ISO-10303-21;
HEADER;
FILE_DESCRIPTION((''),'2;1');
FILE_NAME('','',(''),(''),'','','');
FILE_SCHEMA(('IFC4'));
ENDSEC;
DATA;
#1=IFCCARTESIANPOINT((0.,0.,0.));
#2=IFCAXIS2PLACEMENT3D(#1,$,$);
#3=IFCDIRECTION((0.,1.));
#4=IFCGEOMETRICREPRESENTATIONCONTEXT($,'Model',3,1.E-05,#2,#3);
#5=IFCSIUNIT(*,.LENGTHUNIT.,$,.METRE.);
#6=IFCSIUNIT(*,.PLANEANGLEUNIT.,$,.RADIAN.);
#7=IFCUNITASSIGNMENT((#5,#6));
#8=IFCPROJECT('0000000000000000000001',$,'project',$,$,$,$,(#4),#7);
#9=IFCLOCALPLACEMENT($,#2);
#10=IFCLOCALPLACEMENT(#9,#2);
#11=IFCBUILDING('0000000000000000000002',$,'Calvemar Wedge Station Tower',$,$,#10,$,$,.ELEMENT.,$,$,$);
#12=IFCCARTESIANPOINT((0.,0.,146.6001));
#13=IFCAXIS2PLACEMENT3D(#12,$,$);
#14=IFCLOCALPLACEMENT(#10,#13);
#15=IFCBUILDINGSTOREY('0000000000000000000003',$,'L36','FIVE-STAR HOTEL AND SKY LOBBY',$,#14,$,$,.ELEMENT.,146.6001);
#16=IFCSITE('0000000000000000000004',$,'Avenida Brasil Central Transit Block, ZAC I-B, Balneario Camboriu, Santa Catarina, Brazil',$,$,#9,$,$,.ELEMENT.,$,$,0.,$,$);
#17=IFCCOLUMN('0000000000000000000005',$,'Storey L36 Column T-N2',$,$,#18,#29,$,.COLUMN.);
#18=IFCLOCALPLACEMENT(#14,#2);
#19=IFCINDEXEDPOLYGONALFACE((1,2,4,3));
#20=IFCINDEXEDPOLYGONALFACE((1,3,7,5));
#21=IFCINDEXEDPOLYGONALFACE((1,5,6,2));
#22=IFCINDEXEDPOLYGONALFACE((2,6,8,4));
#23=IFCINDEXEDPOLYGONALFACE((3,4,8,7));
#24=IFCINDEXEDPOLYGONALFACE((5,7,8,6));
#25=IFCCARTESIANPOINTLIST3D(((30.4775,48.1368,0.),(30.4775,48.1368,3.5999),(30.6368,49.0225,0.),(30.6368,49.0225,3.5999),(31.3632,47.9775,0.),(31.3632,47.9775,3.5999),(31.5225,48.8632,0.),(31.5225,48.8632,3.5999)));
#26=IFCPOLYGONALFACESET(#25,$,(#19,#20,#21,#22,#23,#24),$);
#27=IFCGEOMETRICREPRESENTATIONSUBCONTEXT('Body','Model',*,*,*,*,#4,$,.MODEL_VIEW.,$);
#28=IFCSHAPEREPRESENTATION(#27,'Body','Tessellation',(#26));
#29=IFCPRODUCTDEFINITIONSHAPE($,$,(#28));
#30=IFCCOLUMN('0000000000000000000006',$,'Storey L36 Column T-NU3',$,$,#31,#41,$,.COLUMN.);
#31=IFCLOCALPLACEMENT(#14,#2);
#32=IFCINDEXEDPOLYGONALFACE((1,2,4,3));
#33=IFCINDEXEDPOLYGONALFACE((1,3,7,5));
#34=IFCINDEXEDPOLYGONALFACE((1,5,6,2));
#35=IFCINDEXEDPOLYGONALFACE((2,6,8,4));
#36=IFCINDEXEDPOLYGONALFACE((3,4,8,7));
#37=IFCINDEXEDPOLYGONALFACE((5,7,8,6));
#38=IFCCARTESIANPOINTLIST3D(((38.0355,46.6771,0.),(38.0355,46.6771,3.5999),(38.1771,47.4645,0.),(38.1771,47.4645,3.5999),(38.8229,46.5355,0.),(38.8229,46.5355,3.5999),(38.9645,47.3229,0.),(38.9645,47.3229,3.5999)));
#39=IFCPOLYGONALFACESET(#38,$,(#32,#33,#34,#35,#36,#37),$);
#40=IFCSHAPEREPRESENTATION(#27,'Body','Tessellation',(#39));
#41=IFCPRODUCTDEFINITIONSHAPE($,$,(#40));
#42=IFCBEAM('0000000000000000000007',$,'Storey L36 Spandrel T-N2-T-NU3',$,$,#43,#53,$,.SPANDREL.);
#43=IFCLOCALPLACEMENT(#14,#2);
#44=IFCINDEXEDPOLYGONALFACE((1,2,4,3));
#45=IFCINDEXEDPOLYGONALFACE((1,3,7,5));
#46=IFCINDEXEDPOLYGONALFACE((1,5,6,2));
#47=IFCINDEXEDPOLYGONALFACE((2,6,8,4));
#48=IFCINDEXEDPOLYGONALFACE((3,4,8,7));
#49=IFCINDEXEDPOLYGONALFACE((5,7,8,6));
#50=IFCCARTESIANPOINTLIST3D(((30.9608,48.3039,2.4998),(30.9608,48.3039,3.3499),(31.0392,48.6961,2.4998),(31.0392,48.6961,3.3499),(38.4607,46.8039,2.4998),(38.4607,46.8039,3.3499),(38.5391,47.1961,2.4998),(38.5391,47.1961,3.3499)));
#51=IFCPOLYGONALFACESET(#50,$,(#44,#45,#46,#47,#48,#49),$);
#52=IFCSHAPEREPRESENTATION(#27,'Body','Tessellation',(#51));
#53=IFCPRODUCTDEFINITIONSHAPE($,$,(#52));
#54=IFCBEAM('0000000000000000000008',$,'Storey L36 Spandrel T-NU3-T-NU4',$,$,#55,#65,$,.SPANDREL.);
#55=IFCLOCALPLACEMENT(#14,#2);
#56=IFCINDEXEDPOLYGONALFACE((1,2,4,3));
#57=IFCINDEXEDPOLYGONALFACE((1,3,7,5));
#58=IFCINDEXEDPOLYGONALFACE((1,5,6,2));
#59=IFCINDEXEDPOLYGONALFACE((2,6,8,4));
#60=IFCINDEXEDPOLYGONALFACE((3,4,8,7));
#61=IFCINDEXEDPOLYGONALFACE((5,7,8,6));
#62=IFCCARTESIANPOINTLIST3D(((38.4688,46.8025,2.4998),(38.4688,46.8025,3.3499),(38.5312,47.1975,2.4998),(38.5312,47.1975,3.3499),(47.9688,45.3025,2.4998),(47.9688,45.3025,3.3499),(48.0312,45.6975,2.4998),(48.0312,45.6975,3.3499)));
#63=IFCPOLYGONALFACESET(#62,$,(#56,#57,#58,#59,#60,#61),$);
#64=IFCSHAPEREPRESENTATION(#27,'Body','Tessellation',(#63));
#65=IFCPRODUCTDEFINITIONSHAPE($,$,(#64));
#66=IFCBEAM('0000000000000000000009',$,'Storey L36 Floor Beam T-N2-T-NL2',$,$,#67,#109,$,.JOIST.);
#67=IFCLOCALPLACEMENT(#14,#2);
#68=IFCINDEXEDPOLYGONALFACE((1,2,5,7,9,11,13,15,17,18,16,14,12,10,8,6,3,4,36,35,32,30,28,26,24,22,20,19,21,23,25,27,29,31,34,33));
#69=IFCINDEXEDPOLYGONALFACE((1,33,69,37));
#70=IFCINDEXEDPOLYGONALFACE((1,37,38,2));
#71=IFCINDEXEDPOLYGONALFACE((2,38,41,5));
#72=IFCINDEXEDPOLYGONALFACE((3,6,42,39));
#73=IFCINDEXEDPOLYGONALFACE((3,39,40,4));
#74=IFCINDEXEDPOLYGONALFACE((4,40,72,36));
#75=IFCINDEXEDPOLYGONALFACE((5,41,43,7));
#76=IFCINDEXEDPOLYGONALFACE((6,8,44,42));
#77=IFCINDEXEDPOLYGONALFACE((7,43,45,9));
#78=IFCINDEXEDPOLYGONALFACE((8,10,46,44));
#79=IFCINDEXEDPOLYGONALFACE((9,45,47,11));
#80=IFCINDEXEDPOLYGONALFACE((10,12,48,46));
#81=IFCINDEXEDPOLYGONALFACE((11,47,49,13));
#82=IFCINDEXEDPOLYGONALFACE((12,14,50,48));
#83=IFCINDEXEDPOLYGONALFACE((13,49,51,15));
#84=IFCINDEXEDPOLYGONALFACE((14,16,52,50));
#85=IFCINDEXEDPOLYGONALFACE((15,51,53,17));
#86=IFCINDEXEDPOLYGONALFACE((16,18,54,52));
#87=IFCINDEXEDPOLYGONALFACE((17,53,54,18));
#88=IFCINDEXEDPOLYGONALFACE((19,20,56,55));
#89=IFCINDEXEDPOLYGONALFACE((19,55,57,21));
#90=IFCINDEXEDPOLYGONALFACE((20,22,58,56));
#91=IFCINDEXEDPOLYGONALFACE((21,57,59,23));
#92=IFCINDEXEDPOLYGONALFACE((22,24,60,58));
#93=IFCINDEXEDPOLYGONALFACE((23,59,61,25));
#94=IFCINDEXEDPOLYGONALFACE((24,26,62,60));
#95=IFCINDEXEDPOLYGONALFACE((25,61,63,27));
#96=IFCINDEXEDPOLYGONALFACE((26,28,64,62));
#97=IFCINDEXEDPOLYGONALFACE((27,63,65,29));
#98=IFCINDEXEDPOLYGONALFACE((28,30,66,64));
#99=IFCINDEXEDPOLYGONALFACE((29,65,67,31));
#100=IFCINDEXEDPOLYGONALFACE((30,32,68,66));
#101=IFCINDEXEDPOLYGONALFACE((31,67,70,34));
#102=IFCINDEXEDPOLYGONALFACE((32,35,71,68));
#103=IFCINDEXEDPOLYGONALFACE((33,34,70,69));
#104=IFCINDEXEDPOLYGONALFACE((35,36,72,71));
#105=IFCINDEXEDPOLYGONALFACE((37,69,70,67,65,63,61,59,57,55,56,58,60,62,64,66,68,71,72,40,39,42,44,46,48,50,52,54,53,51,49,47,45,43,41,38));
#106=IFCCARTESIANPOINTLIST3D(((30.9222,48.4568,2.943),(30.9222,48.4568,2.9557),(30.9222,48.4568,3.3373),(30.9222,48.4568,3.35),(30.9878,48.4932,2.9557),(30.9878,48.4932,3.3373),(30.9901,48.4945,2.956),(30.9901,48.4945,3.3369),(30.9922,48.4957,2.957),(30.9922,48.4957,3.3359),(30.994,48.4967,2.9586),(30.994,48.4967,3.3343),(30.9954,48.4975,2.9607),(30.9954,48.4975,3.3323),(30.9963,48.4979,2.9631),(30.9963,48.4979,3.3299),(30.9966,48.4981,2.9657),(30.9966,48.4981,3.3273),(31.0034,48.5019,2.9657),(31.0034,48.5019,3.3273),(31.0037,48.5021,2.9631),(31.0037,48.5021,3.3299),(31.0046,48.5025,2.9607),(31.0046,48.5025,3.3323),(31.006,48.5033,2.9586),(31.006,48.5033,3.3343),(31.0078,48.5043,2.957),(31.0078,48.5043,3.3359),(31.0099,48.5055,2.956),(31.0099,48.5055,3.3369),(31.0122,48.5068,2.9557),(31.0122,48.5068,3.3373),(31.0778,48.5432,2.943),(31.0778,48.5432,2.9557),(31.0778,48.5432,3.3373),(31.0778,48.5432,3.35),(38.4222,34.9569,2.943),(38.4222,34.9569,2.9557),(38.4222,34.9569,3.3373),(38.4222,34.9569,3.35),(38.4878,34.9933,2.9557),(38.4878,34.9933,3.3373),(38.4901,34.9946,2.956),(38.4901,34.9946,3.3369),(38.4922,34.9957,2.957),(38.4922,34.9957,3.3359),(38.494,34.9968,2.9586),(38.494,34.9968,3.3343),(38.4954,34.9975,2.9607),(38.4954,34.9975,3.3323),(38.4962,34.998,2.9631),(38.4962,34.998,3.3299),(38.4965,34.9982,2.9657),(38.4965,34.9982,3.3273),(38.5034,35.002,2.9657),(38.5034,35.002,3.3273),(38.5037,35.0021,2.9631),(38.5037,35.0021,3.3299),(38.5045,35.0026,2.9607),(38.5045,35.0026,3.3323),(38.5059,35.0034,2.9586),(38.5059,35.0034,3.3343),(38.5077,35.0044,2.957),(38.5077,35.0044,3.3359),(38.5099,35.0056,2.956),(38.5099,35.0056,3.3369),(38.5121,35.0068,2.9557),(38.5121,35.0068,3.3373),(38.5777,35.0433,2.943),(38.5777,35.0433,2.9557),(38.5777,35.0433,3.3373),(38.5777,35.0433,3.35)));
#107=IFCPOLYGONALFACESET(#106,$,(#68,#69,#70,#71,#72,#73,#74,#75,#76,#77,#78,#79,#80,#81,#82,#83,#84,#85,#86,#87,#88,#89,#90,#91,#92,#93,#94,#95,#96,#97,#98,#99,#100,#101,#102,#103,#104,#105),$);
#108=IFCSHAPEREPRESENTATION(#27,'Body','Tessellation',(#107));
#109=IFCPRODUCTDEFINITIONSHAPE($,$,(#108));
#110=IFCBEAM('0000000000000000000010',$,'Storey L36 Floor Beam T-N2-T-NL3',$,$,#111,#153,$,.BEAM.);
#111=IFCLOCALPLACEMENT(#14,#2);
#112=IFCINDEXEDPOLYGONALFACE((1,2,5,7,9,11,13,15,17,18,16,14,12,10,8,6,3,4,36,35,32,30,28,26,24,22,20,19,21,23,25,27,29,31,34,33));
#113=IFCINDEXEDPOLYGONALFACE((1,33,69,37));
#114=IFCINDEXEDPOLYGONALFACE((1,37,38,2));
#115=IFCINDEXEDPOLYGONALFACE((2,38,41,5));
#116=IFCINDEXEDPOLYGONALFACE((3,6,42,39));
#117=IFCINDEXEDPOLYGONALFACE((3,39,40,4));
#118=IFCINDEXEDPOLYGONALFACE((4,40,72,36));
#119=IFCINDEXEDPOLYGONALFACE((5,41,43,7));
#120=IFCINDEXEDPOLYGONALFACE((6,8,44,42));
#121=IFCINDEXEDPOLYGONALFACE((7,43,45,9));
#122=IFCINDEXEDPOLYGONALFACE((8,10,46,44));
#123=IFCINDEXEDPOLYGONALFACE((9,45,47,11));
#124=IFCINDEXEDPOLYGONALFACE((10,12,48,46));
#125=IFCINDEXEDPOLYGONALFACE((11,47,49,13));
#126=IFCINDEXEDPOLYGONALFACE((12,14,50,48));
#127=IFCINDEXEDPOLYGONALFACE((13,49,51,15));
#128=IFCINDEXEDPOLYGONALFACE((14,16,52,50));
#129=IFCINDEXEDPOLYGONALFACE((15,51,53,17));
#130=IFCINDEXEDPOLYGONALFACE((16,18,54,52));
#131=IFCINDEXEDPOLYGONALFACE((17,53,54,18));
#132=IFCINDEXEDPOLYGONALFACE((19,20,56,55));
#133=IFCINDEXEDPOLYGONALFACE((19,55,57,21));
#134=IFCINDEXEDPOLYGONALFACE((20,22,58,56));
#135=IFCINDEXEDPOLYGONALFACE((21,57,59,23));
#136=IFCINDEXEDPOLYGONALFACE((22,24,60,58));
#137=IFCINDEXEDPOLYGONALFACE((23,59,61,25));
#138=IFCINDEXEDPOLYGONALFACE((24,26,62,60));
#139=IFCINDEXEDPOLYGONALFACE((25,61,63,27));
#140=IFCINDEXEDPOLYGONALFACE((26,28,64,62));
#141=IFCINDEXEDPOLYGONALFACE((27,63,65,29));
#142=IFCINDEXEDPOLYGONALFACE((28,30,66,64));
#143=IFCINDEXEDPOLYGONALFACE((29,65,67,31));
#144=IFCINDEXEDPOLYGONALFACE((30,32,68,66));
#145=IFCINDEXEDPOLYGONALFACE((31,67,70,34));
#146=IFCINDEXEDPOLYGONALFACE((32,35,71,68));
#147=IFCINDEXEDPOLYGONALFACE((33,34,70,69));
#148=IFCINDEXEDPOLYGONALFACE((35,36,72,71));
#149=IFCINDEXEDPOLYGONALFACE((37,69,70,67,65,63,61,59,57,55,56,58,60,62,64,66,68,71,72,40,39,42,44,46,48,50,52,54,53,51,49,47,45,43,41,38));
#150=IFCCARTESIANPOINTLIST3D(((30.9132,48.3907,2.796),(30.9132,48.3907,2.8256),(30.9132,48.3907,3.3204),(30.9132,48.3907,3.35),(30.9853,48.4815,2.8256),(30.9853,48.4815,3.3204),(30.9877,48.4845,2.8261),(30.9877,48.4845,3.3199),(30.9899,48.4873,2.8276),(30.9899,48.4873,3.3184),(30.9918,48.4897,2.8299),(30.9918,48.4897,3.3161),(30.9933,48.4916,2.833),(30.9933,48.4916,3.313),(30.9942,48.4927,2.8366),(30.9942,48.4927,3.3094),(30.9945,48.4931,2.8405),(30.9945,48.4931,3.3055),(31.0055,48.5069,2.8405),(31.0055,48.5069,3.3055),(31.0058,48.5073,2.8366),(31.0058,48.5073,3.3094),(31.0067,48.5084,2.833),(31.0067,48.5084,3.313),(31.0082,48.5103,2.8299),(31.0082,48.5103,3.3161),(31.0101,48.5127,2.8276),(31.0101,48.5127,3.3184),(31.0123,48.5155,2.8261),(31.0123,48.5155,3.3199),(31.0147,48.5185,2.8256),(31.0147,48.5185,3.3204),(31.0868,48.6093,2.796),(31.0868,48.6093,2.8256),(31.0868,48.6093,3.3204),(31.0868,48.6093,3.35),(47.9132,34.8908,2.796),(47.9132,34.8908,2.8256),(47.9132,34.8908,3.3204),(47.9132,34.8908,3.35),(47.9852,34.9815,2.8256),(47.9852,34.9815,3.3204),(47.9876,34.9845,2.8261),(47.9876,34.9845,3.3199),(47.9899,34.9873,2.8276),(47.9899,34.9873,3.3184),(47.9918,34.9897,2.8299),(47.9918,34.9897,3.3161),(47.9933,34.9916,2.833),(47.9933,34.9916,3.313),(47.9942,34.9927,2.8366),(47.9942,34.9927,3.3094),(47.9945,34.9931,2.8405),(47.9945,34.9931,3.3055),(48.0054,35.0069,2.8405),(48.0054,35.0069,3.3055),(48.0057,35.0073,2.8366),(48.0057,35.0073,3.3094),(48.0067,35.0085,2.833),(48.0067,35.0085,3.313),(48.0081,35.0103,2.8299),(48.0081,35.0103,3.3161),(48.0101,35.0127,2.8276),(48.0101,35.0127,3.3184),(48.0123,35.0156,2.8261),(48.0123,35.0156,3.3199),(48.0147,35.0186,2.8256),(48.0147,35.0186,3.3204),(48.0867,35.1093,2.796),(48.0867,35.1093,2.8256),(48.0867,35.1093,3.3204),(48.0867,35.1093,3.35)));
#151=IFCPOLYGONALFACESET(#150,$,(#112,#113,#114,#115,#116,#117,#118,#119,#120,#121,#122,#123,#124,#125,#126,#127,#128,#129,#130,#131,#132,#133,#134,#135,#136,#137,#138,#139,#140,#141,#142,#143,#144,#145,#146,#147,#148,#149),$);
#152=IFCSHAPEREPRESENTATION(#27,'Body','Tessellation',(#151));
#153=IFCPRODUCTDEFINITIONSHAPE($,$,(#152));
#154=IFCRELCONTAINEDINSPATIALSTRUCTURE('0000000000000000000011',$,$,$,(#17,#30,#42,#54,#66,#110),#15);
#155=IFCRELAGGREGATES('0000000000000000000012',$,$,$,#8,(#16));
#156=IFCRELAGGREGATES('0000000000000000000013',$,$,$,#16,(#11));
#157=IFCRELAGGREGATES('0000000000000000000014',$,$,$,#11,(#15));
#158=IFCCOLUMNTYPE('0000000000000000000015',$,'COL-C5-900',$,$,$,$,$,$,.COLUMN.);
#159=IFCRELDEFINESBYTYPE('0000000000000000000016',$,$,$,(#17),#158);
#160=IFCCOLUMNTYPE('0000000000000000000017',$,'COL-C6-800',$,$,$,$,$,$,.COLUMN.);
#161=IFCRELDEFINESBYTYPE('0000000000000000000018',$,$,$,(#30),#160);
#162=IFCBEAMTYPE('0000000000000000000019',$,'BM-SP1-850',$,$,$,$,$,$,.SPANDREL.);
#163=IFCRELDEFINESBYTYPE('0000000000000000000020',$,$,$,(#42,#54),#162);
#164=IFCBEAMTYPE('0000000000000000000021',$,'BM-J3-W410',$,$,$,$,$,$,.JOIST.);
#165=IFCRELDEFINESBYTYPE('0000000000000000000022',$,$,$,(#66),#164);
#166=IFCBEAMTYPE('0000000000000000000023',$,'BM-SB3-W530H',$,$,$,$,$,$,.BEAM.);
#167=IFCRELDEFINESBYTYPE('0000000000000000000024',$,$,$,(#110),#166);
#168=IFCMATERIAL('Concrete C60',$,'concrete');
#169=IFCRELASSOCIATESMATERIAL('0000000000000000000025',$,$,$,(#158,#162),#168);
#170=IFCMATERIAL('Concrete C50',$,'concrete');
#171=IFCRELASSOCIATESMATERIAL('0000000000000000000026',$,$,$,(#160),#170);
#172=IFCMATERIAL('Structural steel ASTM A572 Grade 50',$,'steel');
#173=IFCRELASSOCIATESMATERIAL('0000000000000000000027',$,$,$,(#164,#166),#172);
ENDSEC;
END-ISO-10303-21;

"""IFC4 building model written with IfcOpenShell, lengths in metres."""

from ifc_helpers import new_model, si_unit, direction, frame, origin, origin_2d, place, context, subcontext, project, spatial, rectangle, i_section, extrude, source, transform, mapped, material, material_profile, profile_set, type_object, element, save


model = new_model("IFC4")

# Units and contexts
model_context = context("Model", 3, precision=1e-05, world=origin(), true_north=direction((0.0, 1.0)))
body_context = subcontext(model_context, "Body", "Model", "MODEL_VIEW")
ifc_project = project(units=[si_unit("LENGTHUNIT", "METRE"), si_unit("PLANEANGLEUNIT", "RADIAN")], contexts=[model_context])

# Site, building, storey
site_placement = place(None, origin())
site = spatial("IfcSite", under=ifc_project, at=site_placement, Name="Avenida Brasil Central Transit Block, ZAC I-B, Balneario Camboriu, Santa Catarina, Brazil", CompositionType="ELEMENT", RefElevation=0.0)
building_placement = place(site_placement, origin())
building = spatial("IfcBuilding", under=site, at=building_placement, Name="Calvemar Wedge Station Tower", CompositionType="ELEMENT")
storey_placement = place(building_placement, frame((0.0, 0.0, 146.6001)))
storey = spatial("IfcBuildingStorey", under=building, at=storey_placement, Name="L36", Description="FIVE-STAR HOTEL AND SKY LOBBY", CompositionType="ELEMENT", Elevation=146.6001)

# Columns
ifc_material_1 = material(Name="Concrete C60", Category="concrete")
ifc_material_profile_1 = material_profile(ifc_material_1, rectangle(XDim=0.8999, YDim=0.8999, at=origin_2d()), Name="RC900x900")
ifc_profile_set_1 = profile_set([ifc_material_profile_1], Name="Concrete C60")
column_type_1 = type_object("IfcColumnType", Name="COL-C5-900", PredefinedType="COLUMN", material=ifc_profile_set_1)
shared_shape_1 = source(origin(), body_context, "Body", "SweptSolid", [
    extrude(rectangle(XDim=0.8999, YDim=0.8999, at=origin_2d()), origin(), (0.0, 0.0, 1.0), 3.5999),
])
column_1_placement = place(storey_placement, frame((31.0, 48.5, 0.0), z_axis=(0.0, 0.0, 1.0), x_axis=(0.984196, -0.177085, 0.0)))
element("IfcColumn", 1, at=column_1_placement, inside=storey, type_object=column_type_1, Name="Storey L36 Column T-N2", PredefinedType="COLUMN", context=body_context, shape_type="MappedRepresentation", body=[
    mapped(shared_shape_1, transform((0.0, 0.0, 0.0), scale=1.0)),
])
ifc_material_2 = material(Name="Concrete C50", Category="concrete")
ifc_material_profile_2 = material_profile(ifc_material_2, rectangle(XDim=0.8, YDim=0.8, at=origin_2d()), Name="RC800x800")
ifc_profile_set_2 = profile_set([ifc_material_profile_2], Name="Concrete C50")
column_type_2 = type_object("IfcColumnType", Name="COL-C6-800", PredefinedType="COLUMN", material=ifc_profile_set_2)
shared_shape_2 = source(origin(), body_context, "Body", "SweptSolid", [
    extrude(rectangle(XDim=0.8, YDim=0.8, at=origin_2d()), origin(), (0.0, 0.0, 1.0), 3.5999),
])
column_2_placement = place(storey_placement, frame((38.5, 47.0, 0.0), z_axis=(0.0, 0.0, 1.0), x_axis=(0.984196, -0.177085, 0.0)))
element("IfcColumn", 2, at=column_2_placement, inside=storey, type_object=column_type_2, Name="Storey L36 Column T-NU3", PredefinedType="COLUMN", context=body_context, shape_type="MappedRepresentation", body=[
    mapped(shared_shape_2, transform((0.0, 0.0, 0.0), scale=1.0)),
])

# Beams
ifc_material_profile_3 = material_profile(ifc_material_1, rectangle(XDim=0.3999, YDim=0.8501, at=origin_2d()), Name="RC400x850")
ifc_profile_set_3 = profile_set([ifc_material_profile_3], Name="Concrete C60")
beam_type_1 = type_object("IfcBeamType", Name="BM-SP1-850", PredefinedType="SPANDREL", material=ifc_profile_set_3)
shared_shape_3 = source(origin(), body_context, "Body", "SweptSolid", [
    extrude(rectangle(XDim=0.3999, YDim=0.8501, at=origin_2d()), origin(), (0.0, 0.0, 1.0), 7.6484),
])
beam_1_placement = place(storey_placement, frame((31.0, 48.5, 2.9248), z_axis=(0.980581, -0.196116, 0.0), x_axis=(0.196116, 0.980581, 0.0)))
element("IfcBeam", 3, at=beam_1_placement, inside=storey, type_object=beam_type_1, Name="Storey L36 Spandrel T-N2-T-NU3", PredefinedType="SPANDREL", context=body_context, shape_type="MappedRepresentation", body=[
    mapped(shared_shape_3, transform((0.0, 0.0, 0.0), scale=1.0)),
])
shared_shape_4 = source(origin(), body_context, "Body", "SweptSolid", [
    extrude(rectangle(XDim=0.3999, YDim=0.8501, at=origin_2d()), origin(), (0.0, 0.0, 1.0), 9.6177),
])
beam_2_placement = place(storey_placement, frame((38.5, 47.0, 2.9248), z_axis=(0.987763, -0.155963, 0.0), x_axis=(0.155963, 0.987763, 0.0)))
element("IfcBeam", 4, at=beam_2_placement, inside=storey, type_object=beam_type_1, Name="Storey L36 Spandrel T-NU3-T-NU4", PredefinedType="SPANDREL", context=body_context, shape_type="MappedRepresentation", body=[
    mapped(shared_shape_4, transform((0.0, 0.0, 0.0), scale=1.0)),
])
ifc_material_3 = material(Name="Structural steel ASTM A572 Grade 50", Category="steel")
ifc_material_profile_4 = material_profile(ifc_material_3, i_section(OverallWidth=0.178, OverallDepth=0.407, WebThickness=0.0078, FlangeThickness=0.0127, FilletRadius=0.01, at=origin_2d()), Name="W410x60")
ifc_profile_set_4 = profile_set([ifc_material_profile_4], Name="Structural steel ASTM A572 Grade 50")
beam_type_2 = type_object("IfcBeamType", Name="BM-J3-W410", PredefinedType="JOIST", material=ifc_profile_set_4)
shared_shape_5 = source(origin(), body_context, "Body", "SweptSolid", [
    extrude(i_section(OverallWidth=0.178, OverallDepth=0.407, WebThickness=0.0078, FlangeThickness=0.0127, FilletRadius=0.01, at=origin_2d()), origin(), (0.0, 0.0, 1.0), 15.4434),
])
beam_3_placement = place(storey_placement, frame((31.0, 48.5, 3.1465), z_axis=(0.485643, -0.874157, 0.0), x_axis=(0.874157, 0.485643, 0.0)))
element("IfcBeam", 5, at=beam_3_placement, inside=storey, type_object=beam_type_2, Name="Storey L36 Floor Beam T-N2-T-NL2", PredefinedType="JOIST", context=body_context, shape_type="MappedRepresentation", body=[
    mapped(shared_shape_5, transform((0.0, 0.0, 0.0), scale=1.0)),
])
ifc_material_profile_5 = material_profile(ifc_material_3, i_section(OverallWidth=0.2791, OverallDepth=0.554, WebThickness=0.0176, FlangeThickness=0.0295, FilletRadius=0.0149, at=origin_2d()), Name="W530x196")
ifc_profile_set_5 = profile_set([ifc_material_profile_5], Name="Structural steel ASTM A572 Grade 50")
beam_type_3 = type_object("IfcBeamType", Name="BM-SB3-W530H", PredefinedType="BEAM", material=ifc_profile_set_5)
shared_shape_6 = source(origin(), body_context, "Body", "SweptSolid", [
    extrude(i_section(OverallWidth=0.2791, OverallDepth=0.554, WebThickness=0.0176, FlangeThickness=0.0295, FilletRadius=0.0149, at=origin_2d()), origin(), (0.0, 0.0, 1.0), 21.7083),
])
beam_4_placement = place(storey_placement, frame((31.0, 48.5, 3.073), z_axis=(0.783111, -0.621882, 0.0), x_axis=(0.621882, 0.783111, 0.0)))
element("IfcBeam", 6, at=beam_4_placement, inside=storey, type_object=beam_type_3, Name="Storey L36 Floor Beam T-N2-T-NL3", PredefinedType="BEAM", context=body_context, shape_type="MappedRepresentation", body=[
    mapped(shared_shape_6, transform((0.0, 0.0, 0.0), scale=1.0)),
])

save(model, "model.ifc")
